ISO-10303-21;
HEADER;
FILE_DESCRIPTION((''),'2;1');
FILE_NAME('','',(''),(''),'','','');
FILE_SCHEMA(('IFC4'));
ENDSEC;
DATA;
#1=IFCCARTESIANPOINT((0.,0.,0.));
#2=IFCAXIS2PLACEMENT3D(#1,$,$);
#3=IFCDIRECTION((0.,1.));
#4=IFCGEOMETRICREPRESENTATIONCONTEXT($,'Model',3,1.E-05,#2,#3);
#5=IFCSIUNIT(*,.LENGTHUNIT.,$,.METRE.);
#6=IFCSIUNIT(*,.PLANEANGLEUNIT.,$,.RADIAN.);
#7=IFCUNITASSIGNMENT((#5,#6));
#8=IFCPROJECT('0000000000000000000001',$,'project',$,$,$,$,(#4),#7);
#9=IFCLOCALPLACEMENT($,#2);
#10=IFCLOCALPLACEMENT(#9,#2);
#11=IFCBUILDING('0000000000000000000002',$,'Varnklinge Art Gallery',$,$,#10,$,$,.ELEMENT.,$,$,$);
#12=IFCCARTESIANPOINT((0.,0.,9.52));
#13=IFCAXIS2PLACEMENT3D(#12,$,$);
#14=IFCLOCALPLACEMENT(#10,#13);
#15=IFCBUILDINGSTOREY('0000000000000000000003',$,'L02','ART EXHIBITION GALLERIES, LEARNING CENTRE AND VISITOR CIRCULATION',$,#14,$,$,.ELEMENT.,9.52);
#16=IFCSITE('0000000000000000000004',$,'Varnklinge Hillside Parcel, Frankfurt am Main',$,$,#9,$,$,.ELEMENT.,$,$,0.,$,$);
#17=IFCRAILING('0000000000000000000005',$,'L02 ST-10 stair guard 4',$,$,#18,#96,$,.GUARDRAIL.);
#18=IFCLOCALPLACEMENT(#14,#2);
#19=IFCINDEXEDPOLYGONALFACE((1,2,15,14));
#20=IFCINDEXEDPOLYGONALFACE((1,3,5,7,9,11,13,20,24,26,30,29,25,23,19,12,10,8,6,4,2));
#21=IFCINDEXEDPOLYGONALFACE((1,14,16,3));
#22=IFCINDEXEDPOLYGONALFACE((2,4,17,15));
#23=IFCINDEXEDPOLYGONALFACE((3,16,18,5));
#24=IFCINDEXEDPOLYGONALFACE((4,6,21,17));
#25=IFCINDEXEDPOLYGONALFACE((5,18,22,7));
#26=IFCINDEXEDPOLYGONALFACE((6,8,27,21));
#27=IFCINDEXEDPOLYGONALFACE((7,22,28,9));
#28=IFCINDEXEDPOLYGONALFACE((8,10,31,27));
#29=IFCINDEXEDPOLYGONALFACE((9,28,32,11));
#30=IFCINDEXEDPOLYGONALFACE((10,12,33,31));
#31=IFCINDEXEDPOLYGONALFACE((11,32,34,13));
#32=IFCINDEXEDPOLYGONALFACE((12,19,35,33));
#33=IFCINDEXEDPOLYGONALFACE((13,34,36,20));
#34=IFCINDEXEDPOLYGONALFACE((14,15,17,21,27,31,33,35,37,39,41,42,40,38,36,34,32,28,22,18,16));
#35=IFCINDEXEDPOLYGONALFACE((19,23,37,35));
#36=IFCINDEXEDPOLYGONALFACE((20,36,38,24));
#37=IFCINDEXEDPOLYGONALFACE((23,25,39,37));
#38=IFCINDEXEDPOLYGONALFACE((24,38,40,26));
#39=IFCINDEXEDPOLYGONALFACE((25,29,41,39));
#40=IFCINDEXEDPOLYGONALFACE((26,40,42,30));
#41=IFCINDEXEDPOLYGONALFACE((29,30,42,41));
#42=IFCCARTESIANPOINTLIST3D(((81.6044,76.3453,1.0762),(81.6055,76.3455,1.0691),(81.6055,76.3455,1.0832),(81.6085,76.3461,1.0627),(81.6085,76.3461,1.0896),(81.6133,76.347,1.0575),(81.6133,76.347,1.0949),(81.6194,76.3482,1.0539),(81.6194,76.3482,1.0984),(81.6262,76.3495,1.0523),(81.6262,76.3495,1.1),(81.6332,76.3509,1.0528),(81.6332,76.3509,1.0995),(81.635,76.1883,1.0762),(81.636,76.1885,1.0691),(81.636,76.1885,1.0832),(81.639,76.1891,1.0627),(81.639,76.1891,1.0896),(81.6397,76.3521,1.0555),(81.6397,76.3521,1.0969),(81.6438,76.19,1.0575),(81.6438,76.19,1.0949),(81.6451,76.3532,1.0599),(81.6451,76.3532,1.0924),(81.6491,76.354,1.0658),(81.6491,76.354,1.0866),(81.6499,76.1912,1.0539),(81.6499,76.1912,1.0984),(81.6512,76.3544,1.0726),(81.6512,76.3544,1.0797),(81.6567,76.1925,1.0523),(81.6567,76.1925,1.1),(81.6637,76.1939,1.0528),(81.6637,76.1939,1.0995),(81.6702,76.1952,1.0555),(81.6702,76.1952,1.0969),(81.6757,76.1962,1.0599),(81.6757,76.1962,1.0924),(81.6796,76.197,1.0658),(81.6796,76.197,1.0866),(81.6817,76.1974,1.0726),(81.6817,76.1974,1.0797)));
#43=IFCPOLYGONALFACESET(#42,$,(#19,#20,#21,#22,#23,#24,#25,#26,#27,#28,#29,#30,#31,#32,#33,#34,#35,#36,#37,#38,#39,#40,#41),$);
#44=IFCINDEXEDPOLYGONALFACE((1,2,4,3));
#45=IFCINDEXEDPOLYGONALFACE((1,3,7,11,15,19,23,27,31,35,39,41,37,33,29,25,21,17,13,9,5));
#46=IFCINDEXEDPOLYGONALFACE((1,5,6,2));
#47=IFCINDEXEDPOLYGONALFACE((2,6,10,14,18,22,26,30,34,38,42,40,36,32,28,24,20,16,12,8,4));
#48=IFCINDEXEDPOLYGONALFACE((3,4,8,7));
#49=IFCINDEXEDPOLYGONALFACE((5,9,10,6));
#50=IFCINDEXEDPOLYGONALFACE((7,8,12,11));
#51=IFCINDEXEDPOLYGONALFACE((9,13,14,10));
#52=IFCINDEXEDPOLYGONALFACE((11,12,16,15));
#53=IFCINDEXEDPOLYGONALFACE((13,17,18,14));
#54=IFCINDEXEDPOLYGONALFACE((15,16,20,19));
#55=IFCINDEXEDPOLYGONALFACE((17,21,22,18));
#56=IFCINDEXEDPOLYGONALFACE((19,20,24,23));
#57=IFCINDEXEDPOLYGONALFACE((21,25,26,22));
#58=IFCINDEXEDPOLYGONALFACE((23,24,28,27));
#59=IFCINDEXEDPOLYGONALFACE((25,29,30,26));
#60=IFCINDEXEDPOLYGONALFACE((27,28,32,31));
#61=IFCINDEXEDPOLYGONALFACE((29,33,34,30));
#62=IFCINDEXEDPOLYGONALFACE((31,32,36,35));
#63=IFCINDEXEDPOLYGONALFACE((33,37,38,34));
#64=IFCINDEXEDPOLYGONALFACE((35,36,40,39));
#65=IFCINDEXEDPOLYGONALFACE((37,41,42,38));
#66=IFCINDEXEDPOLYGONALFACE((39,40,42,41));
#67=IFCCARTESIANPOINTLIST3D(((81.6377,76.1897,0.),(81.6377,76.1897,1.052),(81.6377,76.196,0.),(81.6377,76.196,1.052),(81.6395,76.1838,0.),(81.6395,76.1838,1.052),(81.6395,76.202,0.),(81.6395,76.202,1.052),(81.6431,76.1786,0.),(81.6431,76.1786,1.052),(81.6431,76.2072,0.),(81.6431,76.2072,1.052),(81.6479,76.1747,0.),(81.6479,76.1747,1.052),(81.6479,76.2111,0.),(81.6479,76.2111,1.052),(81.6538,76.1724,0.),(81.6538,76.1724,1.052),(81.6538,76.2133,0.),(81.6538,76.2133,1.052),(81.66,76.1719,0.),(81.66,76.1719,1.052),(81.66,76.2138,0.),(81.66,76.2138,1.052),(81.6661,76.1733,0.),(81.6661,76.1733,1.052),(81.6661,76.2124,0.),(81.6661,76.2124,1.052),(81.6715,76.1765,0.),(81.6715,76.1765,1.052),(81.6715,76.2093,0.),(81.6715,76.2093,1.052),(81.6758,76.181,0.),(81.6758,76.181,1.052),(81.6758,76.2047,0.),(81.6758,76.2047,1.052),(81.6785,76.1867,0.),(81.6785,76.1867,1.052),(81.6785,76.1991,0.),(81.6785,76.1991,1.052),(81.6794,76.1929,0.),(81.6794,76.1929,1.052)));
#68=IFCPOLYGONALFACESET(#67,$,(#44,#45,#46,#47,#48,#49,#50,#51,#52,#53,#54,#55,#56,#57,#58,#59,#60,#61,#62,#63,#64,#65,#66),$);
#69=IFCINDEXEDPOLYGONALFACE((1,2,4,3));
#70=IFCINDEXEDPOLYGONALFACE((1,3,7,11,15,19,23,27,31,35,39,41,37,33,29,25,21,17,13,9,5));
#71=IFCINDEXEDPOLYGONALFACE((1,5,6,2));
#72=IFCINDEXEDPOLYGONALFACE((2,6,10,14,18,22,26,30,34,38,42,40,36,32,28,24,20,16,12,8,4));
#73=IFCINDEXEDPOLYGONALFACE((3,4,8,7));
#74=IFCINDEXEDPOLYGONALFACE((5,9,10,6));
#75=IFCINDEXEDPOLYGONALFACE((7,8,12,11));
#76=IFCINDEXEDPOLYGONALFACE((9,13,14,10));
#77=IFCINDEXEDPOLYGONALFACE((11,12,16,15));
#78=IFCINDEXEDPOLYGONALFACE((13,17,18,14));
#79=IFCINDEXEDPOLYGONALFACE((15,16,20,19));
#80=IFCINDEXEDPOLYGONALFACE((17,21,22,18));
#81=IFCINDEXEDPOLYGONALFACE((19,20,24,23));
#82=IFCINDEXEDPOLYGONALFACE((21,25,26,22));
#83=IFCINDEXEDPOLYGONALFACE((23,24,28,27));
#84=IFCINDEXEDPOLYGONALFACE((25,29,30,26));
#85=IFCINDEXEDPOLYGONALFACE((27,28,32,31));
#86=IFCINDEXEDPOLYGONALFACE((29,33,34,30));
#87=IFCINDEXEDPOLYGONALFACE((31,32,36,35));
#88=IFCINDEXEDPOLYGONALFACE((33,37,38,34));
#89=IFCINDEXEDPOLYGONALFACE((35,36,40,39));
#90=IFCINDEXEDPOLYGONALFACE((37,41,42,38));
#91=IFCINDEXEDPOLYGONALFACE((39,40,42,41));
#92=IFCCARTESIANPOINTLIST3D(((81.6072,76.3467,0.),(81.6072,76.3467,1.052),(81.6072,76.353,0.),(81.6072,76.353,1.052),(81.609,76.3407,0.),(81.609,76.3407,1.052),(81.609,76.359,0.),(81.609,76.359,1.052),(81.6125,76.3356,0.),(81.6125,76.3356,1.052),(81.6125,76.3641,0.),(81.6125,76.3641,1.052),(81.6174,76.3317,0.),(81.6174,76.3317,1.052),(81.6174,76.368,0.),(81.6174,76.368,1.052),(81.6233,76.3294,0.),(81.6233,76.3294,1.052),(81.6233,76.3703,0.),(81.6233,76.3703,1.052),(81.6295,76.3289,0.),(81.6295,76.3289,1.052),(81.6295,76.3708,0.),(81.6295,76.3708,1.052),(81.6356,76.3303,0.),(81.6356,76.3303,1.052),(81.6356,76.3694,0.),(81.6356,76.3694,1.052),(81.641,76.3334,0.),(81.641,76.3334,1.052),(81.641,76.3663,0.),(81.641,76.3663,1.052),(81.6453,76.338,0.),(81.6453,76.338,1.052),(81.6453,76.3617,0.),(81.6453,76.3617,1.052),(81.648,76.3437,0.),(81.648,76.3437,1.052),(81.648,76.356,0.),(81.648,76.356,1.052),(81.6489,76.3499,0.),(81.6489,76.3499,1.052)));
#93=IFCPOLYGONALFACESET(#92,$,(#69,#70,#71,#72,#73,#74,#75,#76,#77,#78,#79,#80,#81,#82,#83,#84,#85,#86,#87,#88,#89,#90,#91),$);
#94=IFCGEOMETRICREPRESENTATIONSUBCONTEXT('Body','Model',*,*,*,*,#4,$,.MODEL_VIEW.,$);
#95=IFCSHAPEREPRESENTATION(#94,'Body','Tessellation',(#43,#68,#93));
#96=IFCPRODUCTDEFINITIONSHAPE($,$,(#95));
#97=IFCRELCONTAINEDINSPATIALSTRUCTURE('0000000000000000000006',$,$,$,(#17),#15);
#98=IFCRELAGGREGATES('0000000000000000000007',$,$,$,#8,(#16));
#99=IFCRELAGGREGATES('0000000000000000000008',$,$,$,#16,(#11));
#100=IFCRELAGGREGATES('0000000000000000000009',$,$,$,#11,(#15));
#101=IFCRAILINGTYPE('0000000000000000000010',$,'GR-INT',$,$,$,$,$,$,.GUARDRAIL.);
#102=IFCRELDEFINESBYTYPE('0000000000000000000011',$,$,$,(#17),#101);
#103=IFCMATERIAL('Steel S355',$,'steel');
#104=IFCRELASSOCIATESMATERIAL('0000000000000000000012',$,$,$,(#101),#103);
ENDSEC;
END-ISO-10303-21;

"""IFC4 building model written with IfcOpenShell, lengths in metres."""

from ifc_helpers import new_model, si_unit, direction, frame, origin, origin_2d, place, context, subcontext, project, spatial, circle, extrude, material, type_object, element, save


model = new_model("IFC4")

# Units and contexts
model_context = context("Model", 3, precision=1e-05, world=origin(), true_north=direction((0.0, 1.0)))
body_context = subcontext(model_context, "Body", "Model", "MODEL_VIEW")
ifc_project = project(units=[si_unit("LENGTHUNIT", "METRE"), si_unit("PLANEANGLEUNIT", "RADIAN")], contexts=[model_context])

# Site, building, storey
site_placement = place(None, origin())
site = spatial("IfcSite", under=ifc_project, at=site_placement, Name="Varnklinge Hillside Parcel, Frankfurt am Main", CompositionType="ELEMENT", RefElevation=0.0)
building_placement = place(site_placement, origin())
building = spatial("IfcBuilding", under=site, at=building_placement, Name="Varnklinge Art Gallery", CompositionType="ELEMENT")
storey_placement = place(building_placement, frame((0.0, 0.0, 9.52)))
storey = spatial("IfcBuildingStorey", under=building, at=storey_placement, Name="L02", Description="ART EXHIBITION GALLERIES, LEARNING CENTRE AND VISITOR CIRCULATION", CompositionType="ELEMENT", Elevation=9.52)

# Railing
ifc_material_1 = material(Name="Steel S355", Category="steel")
railing_type_1 = type_object("IfcRailingType", Name="GR-INT", PredefinedType="GUARDRAIL", material=ifc_material_1)
railing_1_placement = place(storey_placement, frame((81.6584, 76.1929, 0.0)))
element("IfcRailing", 1, at=railing_1_placement, inside=storey, type_object=railing_type_1, Name="L02 ST-10 stair guard 4", PredefinedType="GUARDRAIL", context=body_context, shape_type="SweptSolid", body=[
    extrude(circle(Radius=0.0239, at=origin_2d()), frame((0.0, 0.0, 1.0762), z_axis=(-0.190829, 0.981623, 0.0), x_axis=(-0.981623, -0.190829, 0.0)), (0.0, 0.0, 1.0), 0.1599),
    extrude(circle(Radius=0.021, at=origin_2d()), origin(), (0.0, 0.0, 1.0), 1.052),
    extrude(circle(Radius=0.021, at=origin_2d()), frame((-0.0305, 0.157, 0.0)), (0.0, 0.0, 1.0), 1.052),
])

save(model, "model.ifc")
